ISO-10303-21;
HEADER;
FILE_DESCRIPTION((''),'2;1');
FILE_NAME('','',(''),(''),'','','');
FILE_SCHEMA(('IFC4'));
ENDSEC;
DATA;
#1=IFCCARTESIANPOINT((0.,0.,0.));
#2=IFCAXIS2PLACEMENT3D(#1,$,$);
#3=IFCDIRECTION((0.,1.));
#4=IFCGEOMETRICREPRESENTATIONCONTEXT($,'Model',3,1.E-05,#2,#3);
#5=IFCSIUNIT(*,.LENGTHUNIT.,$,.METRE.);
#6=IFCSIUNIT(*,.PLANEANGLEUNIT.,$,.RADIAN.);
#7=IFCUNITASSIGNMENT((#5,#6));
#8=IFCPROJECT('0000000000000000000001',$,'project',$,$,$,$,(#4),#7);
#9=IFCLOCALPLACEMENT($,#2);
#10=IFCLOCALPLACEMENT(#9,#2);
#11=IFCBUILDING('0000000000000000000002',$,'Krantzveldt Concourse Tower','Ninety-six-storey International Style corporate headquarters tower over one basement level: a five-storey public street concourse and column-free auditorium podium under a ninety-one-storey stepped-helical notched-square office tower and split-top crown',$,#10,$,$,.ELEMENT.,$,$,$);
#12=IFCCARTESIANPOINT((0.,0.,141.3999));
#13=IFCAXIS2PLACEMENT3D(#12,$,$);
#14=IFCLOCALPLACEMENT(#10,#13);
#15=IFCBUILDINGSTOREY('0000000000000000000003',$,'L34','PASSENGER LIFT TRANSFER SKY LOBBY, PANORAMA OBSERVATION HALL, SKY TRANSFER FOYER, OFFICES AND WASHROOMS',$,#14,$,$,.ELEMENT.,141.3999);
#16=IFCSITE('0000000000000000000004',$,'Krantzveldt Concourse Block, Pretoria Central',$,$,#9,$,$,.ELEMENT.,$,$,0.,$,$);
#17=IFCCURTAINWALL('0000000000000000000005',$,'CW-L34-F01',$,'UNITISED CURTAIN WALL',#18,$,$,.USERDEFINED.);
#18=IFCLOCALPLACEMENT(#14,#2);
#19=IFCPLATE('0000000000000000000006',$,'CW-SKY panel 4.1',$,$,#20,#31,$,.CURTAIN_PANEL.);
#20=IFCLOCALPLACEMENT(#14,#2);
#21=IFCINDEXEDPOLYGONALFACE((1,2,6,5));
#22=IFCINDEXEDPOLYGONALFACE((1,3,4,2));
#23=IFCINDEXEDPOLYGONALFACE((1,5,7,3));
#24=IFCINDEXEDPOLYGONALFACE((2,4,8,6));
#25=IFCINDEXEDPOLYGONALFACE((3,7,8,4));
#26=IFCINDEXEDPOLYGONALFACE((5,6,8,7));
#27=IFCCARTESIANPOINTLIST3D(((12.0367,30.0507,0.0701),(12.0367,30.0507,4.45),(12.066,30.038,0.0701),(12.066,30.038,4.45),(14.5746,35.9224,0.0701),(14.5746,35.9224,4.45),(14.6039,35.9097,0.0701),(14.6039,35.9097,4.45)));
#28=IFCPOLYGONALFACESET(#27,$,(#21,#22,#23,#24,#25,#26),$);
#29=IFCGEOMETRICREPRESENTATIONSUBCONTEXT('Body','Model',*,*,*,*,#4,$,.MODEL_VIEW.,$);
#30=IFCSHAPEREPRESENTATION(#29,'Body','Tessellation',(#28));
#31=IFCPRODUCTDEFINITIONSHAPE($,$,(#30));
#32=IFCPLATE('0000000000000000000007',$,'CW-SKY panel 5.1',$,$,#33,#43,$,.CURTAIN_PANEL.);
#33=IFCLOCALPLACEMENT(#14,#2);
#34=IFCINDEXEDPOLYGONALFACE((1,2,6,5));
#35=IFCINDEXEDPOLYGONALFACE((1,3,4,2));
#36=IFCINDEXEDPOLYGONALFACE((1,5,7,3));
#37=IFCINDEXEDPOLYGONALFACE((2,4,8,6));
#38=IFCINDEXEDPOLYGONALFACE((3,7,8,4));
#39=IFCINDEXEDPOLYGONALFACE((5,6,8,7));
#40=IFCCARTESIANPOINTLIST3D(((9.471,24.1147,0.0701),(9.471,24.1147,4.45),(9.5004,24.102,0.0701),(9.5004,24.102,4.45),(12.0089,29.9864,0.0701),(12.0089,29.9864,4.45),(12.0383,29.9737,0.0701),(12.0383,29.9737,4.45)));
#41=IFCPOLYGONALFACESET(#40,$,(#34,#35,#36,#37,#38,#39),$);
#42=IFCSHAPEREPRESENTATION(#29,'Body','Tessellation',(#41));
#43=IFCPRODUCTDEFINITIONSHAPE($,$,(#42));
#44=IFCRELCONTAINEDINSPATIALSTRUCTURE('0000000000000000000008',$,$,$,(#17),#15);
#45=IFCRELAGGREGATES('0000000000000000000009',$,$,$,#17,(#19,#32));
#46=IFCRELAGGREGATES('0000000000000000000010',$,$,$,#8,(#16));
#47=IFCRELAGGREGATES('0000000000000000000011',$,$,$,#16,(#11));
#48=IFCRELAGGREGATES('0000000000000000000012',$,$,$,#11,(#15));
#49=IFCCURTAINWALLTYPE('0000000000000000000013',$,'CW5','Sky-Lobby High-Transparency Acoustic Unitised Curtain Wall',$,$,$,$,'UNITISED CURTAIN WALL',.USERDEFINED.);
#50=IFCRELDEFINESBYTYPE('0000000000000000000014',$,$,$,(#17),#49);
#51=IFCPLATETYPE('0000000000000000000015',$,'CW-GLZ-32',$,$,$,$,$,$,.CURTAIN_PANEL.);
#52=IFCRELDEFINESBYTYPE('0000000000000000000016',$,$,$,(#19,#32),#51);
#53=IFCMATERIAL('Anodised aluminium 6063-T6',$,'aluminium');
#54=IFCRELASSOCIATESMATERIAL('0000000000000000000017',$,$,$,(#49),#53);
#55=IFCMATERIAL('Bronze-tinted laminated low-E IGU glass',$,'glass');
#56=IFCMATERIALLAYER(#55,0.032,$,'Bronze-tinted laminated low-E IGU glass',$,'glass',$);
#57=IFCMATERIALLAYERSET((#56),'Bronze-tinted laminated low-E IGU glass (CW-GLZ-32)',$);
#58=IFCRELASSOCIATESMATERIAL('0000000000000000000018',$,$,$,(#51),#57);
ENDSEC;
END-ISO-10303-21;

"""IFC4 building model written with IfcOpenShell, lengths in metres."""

from ifc_helpers import new_model, si_unit, direction, frame, origin, origin_2d, place, context, subcontext, project, spatial, rectangle, extrude, source, transform, mapped, material, layer, layer_set, type_object, type_shapes, element, aggregate, save


model = new_model("IFC4")

# Units and contexts
model_context = context("Model", 3, precision=1e-05, world=origin(), true_north=direction((0.0, 1.0)))
body_context = subcontext(model_context, "Body", "Model", "MODEL_VIEW")
ifc_project = project(units=[si_unit("LENGTHUNIT", "METRE"), si_unit("PLANEANGLEUNIT", "RADIAN")], contexts=[model_context])

# Site, building, storey
site_placement = place(None, origin())
site = spatial("IfcSite", under=ifc_project, at=site_placement, Name="Krantzveldt Concourse Block, Pretoria Central", CompositionType="ELEMENT", RefElevation=0.0)
building_placement = place(site_placement, origin())
building = spatial("IfcBuilding", under=site, at=building_placement, Name="Krantzveldt Concourse Tower", Description="Ninety-six-storey International Style corporate headquarters tower over one basement level: a five-storey public street concourse and column-free auditorium podium under a ninety-one-storey stepped-helical notched-square office tower and split-top crown", CompositionType="ELEMENT")
storey_placement = place(building_placement, frame((0.0, 0.0, 141.3999)))
storey = spatial("IfcBuildingStorey", under=building, at=storey_placement, Name="L34", Description="PASSENGER LIFT TRANSFER SKY LOBBY, PANORAMA OBSERVATION HALL, SKY TRANSFER FOYER, OFFICES AND WASHROOMS", CompositionType="ELEMENT", Elevation=141.3999)

# Curtain wall, plates
ifc_material_1 = material(Name="Anodised aluminium 6063-T6", Category="aluminium")
curtain_wall_type = type_object("IfcCurtainWallType", Name="CW5", Description="Sky-Lobby High-Transparency Acoustic Unitised Curtain Wall", ElementType="UNITISED CURTAIN WALL", PredefinedType="USERDEFINED", material=ifc_material_1)
curtain_wall_placement = place(storey_placement, origin())
curtain_wall = element("IfcCurtainWall", 1, at=curtain_wall_placement, inside=storey, type_object=curtain_wall_type, Name="CW-L34-F01", ObjectType="UNITISED CURTAIN WALL", PredefinedType="USERDEFINED")
ifc_material_2 = material(Name="Bronze-tinted laminated low-E IGU glass", Category="glass")
ifc_layer = layer(ifc_material_2, 0.032, Name="Bronze-tinted laminated low-E IGU glass", Category="glass")
ifc_layer_set = layer_set([ifc_layer], Name="Bronze-tinted laminated low-E IGU glass (CW-GLZ-32)")
plate_type = type_object("IfcPlateType", Name="CW-GLZ-32", PredefinedType="CURTAIN_PANEL", material=ifc_layer_set)
shared_shape_1 = source(origin(), body_context, "Body", "SweptSolid", [
    extrude(rectangle(XDim=6.3967, YDim=0.032, at=origin_2d()), origin(), (0.0, 0.0, 1.0), 4.3799),
])
type_shapes(plate_type, [shared_shape_1])
plate_1_placement = place(storey_placement, frame((13.3203, 32.9802, 0.0701), z_axis=(0.0, 0.0, 1.0), x_axis=(-0.396747, -0.917928, 0.0)))
plate_1 = element("IfcPlate", 2, at=plate_1_placement, type_object=plate_type, Name="CW-SKY panel 4.1", PredefinedType="CURTAIN_PANEL", context=body_context, shape_type="MappedRepresentation", body=[
    mapped(shared_shape_1, transform((0.0, 0.0, 0.0), x_axis=(1.0, 0.0, 0.0), y_axis=(0.0, 1.0, 0.0), z_axis=(0.0, 0.0, 1.0), scale=1.0)),
])
plate_2_placement = place(storey_placement, frame((10.7546, 27.0442, 0.0701), z_axis=(0.0, 0.0, 1.0), x_axis=(-0.396747, -0.917928, 0.0)))
plate_2 = element("IfcPlate", 3, at=plate_2_placement, type_object=plate_type, Name="CW-SKY panel 5.1", PredefinedType="CURTAIN_PANEL", context=body_context, shape_type="MappedRepresentation", body=[
    mapped(shared_shape_1, transform((0.0, 0.0, 0.0), x_axis=(1.0, 0.0, 0.0), y_axis=(0.0, 1.0, 0.0), z_axis=(0.0, 0.0, 1.0), scale=1.0)),
])
aggregate(curtain_wall, [plate_1, plate_2])

save(model, "model.ifc")
